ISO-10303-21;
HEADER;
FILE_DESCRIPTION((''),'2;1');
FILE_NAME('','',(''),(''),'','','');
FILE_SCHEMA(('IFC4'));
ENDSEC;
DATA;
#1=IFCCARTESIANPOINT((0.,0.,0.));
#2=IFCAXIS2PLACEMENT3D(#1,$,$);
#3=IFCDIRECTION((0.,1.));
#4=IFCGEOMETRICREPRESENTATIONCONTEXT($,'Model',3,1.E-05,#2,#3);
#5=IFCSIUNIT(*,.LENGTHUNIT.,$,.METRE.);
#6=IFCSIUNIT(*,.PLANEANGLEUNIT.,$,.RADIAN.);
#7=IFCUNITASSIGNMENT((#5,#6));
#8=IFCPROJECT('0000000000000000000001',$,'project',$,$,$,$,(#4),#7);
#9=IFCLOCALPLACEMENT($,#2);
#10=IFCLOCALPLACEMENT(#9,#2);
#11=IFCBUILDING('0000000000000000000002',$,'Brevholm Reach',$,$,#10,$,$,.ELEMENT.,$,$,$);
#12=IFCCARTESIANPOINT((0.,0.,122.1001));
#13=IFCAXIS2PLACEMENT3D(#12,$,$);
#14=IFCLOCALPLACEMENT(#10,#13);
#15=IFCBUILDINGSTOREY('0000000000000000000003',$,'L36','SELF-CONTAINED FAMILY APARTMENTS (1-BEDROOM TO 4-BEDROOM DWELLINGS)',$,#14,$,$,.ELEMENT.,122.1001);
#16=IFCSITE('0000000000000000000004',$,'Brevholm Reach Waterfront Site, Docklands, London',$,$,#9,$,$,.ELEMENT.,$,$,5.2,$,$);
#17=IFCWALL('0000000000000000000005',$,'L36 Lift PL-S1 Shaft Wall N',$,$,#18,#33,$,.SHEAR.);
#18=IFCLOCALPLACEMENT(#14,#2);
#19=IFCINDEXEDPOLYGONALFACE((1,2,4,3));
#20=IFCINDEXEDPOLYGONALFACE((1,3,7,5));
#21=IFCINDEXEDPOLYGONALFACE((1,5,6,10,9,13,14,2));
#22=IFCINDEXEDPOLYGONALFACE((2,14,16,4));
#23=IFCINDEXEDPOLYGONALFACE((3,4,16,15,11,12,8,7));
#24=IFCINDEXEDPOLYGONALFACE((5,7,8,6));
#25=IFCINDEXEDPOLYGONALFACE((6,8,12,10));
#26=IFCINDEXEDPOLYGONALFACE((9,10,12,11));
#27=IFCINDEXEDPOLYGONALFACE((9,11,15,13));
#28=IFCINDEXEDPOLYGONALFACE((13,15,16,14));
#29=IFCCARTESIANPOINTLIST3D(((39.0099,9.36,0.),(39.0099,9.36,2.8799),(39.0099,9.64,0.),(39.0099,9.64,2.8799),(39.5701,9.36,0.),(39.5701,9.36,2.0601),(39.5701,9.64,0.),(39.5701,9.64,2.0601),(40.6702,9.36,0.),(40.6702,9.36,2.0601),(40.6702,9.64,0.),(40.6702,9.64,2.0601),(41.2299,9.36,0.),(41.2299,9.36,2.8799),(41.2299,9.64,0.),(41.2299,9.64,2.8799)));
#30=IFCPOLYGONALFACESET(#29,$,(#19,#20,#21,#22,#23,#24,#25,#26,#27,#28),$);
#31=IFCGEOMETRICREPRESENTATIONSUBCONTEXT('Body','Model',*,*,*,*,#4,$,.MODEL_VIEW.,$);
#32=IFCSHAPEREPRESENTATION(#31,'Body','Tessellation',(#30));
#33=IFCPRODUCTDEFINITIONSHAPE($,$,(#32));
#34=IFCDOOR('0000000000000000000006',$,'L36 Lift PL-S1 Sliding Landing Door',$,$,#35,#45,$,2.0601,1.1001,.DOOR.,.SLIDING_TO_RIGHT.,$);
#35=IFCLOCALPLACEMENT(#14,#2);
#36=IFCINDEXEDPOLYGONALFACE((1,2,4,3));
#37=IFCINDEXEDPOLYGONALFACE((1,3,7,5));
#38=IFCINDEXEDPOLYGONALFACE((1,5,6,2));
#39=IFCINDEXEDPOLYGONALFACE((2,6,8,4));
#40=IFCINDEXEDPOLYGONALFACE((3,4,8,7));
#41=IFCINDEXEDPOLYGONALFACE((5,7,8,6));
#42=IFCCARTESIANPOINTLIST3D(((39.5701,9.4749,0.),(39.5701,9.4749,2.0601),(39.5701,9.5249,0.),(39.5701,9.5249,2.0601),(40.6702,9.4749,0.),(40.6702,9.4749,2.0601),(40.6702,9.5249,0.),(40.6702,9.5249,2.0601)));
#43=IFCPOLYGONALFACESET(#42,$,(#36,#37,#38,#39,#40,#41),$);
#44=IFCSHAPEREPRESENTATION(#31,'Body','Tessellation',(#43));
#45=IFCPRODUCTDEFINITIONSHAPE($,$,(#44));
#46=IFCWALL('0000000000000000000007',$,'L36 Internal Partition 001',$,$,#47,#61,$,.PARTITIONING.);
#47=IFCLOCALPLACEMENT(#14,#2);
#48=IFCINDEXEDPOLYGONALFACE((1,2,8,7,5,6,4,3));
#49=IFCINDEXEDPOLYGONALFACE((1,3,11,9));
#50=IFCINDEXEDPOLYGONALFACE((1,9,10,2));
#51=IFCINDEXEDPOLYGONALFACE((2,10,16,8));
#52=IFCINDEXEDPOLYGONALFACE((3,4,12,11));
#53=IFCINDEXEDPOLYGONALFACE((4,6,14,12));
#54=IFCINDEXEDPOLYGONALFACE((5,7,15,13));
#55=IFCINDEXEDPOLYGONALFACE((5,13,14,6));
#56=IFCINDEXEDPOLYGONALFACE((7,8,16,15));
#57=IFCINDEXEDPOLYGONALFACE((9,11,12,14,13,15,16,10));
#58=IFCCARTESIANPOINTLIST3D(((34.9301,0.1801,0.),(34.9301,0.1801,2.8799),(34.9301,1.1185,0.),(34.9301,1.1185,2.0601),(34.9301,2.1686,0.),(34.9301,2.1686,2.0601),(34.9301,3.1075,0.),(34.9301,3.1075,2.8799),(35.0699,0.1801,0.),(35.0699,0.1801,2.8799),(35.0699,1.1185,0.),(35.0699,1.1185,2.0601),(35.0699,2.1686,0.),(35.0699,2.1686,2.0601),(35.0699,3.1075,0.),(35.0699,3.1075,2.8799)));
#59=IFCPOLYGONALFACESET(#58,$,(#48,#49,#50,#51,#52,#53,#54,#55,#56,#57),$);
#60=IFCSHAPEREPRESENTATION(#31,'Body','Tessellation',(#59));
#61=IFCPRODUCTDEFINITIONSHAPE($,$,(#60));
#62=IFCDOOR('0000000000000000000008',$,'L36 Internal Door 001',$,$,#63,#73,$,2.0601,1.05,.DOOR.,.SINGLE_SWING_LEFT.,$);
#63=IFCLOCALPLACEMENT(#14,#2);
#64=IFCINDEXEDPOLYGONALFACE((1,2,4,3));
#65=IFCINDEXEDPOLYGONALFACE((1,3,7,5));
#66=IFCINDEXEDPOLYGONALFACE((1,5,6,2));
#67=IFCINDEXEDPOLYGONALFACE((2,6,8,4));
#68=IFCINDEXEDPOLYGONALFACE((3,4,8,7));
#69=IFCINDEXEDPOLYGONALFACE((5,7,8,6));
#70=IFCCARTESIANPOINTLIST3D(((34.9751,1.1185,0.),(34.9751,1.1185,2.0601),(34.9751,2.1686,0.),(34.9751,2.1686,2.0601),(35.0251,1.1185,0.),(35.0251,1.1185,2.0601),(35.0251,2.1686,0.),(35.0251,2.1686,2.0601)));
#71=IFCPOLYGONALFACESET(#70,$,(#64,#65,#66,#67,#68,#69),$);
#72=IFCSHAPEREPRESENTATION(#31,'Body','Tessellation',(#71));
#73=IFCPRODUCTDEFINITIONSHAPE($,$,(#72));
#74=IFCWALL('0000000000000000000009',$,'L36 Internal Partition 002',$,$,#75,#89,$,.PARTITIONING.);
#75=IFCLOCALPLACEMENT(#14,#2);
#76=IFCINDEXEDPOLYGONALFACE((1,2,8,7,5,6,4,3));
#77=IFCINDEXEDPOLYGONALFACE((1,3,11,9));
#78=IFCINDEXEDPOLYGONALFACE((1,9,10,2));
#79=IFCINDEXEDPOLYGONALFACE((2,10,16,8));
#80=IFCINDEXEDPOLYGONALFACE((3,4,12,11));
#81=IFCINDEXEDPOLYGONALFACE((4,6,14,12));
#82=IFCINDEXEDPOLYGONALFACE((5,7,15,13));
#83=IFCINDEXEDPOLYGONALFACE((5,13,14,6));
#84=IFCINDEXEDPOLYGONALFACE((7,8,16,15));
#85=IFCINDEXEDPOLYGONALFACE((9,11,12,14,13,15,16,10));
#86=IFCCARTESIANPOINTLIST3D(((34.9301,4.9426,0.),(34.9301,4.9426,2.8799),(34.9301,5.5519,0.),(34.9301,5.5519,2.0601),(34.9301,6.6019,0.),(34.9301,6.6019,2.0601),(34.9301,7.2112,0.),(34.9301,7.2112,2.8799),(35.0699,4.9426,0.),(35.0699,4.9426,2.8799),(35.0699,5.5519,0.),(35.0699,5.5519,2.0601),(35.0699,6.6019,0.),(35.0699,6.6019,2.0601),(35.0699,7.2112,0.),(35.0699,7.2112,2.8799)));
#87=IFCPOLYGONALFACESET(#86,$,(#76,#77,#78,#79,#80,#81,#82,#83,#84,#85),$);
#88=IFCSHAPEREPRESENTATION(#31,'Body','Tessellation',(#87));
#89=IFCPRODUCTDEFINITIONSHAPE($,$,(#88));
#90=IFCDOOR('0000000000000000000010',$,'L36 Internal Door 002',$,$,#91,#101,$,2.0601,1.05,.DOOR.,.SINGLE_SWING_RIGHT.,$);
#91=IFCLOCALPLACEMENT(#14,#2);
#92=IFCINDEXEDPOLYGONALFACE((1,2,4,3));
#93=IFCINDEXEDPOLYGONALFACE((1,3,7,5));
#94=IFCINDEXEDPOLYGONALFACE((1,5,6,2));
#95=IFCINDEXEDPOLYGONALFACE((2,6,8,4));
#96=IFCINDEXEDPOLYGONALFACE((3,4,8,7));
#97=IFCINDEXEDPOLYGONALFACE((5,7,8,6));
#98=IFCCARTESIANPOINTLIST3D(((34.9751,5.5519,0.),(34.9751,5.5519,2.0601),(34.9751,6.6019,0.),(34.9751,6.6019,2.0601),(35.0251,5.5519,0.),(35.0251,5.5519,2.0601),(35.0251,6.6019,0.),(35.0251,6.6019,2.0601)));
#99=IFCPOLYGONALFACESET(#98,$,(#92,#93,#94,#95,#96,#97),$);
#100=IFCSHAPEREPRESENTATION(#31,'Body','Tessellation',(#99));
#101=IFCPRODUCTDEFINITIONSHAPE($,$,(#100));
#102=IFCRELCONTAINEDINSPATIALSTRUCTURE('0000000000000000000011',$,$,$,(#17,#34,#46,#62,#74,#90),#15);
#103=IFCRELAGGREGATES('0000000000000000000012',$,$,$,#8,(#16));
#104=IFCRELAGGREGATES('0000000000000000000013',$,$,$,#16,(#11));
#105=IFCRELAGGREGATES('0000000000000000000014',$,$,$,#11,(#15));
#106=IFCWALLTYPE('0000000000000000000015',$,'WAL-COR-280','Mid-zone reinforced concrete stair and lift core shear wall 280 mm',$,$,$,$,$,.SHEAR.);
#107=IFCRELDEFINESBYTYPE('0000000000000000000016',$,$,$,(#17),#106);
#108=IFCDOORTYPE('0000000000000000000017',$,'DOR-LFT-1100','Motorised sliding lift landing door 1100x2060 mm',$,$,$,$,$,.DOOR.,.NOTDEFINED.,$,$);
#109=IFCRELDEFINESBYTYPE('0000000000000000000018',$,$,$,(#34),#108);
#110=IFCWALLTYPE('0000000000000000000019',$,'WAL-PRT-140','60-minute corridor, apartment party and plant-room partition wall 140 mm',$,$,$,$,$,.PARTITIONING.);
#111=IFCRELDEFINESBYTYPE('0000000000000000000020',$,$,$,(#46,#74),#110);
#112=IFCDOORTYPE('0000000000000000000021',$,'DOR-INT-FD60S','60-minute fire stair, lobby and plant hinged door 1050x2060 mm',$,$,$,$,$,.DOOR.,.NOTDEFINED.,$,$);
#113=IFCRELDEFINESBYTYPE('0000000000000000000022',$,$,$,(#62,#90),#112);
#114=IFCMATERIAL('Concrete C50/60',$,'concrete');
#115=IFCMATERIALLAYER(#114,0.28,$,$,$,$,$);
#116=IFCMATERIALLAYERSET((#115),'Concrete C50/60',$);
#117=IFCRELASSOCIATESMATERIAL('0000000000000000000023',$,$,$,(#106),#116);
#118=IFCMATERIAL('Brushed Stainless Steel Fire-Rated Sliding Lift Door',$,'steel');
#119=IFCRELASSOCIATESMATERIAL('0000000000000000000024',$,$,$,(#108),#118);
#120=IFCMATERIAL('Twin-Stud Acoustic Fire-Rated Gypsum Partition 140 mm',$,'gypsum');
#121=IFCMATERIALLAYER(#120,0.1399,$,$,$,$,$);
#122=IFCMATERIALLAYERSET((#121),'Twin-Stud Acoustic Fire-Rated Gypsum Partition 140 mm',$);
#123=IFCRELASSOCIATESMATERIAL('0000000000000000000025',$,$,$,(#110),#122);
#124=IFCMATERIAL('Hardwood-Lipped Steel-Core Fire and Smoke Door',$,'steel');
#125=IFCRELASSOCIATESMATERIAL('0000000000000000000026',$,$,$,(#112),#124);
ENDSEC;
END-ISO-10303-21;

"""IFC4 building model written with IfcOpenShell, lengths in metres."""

from ifc_helpers import new_model, si_unit, direction, frame, frame_2d, origin, place, context, subcontext, project, spatial, rectangle, extrude, material, layer, layer_set, type_object, element, fill, save


model = new_model("IFC4")

# Units and contexts
model_context = context("Model", 3, precision=1e-05, world=origin(), true_north=direction((0.0, 1.0)))
body_context = subcontext(model_context, "Body", "Model", "MODEL_VIEW")
ifc_project = project(units=[si_unit("LENGTHUNIT", "METRE"), si_unit("PLANEANGLEUNIT", "RADIAN")], contexts=[model_context])

# Site, building, storey
site_placement = place(None, origin())
site = spatial("IfcSite", under=ifc_project, at=site_placement, Name="Brevholm Reach Waterfront Site, Docklands, London", CompositionType="ELEMENT", RefElevation=5.2)
building_placement = place(site_placement, origin())
building = spatial("IfcBuilding", under=site, at=building_placement, Name="Brevholm Reach", CompositionType="ELEMENT")
storey_placement = place(building_placement, frame((0.0, 0.0, 122.1001)))
storey = spatial("IfcBuildingStorey", under=building, at=storey_placement, Name="L36", Description="SELF-CONTAINED FAMILY APARTMENTS (1-BEDROOM TO 4-BEDROOM DWELLINGS)", CompositionType="ELEMENT", Elevation=122.1001)

# Shared definitions
ifc_material_1 = material(Name="Concrete C50/60", Category="concrete")
ifc_layer_1 = layer(ifc_material_1, 0.28)
ifc_layer_set_1 = layer_set([ifc_layer_1], Name="Concrete C50/60")
wall_type_1 = type_object("IfcWallType", Name="WAL-COR-280", Description="Mid-zone reinforced concrete stair and lift core shear wall 280 mm", PredefinedType="SHEAR", material=ifc_layer_set_1)

# Walls, openings, doors
wall_1_placement = place(storey_placement, frame((39.01, 9.5, 0.0), z_axis=(0.0, 0.0, 1.0), x_axis=(1.0, 0.0, 0.0)))
wall_1 = element("IfcWall", 1, at=wall_1_placement, inside=storey, type_object=wall_type_1, Name="L36 Lift PL-S1 Shaft Wall N", PredefinedType="SHEAR", context=body_context, shape_type="SweptSolid", body=[
    extrude(rectangle(XDim=2.22, YDim=0.28, at=frame_2d((1.1099, 0.0))), origin(), (0.0, 0.0, 1.0), 2.8799),
])
opening_1_placement = place(wall_1_placement, frame((0.5601, 0.0, 0.0)))
opening_1 = element("IfcOpeningElement", 2, at=opening_1_placement, cuts=wall_1, PredefinedType="OPENING", context=body_context, shape_type="SweptSolid", body=[
    extrude(rectangle(XDim=1.1001, YDim=2.0601, at=frame_2d((0.55, 1.03))), frame((0.0, 0.1499, 0.0), z_axis=(0.0, -1.0, 0.0), x_axis=(1.0, 0.0, 0.0)), (0.0, 0.0, 1.0), 0.3),
])
ifc_material_2 = material(Name="Brushed Stainless Steel Fire-Rated Sliding Lift Door", Category="steel")
door_type_1 = type_object("IfcDoorType", Name="DOR-LFT-1100", Description="Motorised sliding lift landing door 1100x2060 mm", OperationType="NOTDEFINED", PredefinedType="DOOR", material=ifc_material_2)
door_1_placement = place(opening_1_placement, origin())
door_1 = element("IfcDoor", 3, at=door_1_placement, inside=storey, type_object=door_type_1, Name="L36 Lift PL-S1 Sliding Landing Door", OperationType="SLIDING_TO_RIGHT", OverallHeight=2.0601, OverallWidth=1.1001, PredefinedType="DOOR", context=body_context, shape_type="SweptSolid", body=[
    extrude(rectangle(XDim=1.1001, YDim=2.0601, at=frame_2d((0.55, 1.03))), frame((0.0, 0.0249, 0.0), z_axis=(0.0, -1.0, 0.0), x_axis=(1.0, 0.0, 0.0)), (0.0, 0.0, 1.0), 0.05),
])
fill(opening_1, door_1)
ifc_material_3 = material(Name="Twin-Stud Acoustic Fire-Rated Gypsum Partition 140 mm", Category="gypsum")
ifc_layer_2 = layer(ifc_material_3, 0.1399)
ifc_layer_set_2 = layer_set([ifc_layer_2], Name="Twin-Stud Acoustic Fire-Rated Gypsum Partition 140 mm")
wall_type_2 = type_object("IfcWallType", Name="WAL-PRT-140", Description="60-minute corridor, apartment party and plant-room partition wall 140 mm", PredefinedType="PARTITIONING", material=ifc_layer_set_2)
wall_2_placement = place(storey_placement, frame((35.0, 0.1799, 0.0), z_axis=(0.0, 0.0, 1.0), x_axis=(0.0, 1.0, 0.0)))
wall_2 = element("IfcWall", 4, at=wall_2_placement, inside=storey, type_object=wall_type_2, Name="L36 Internal Partition 001", PredefinedType="PARTITIONING", context=body_context, shape_type="SweptSolid", body=[
    extrude(rectangle(XDim=2.9275, YDim=0.1399, at=frame_2d((1.4639, 0.0))), origin(), (0.0, 0.0, 1.0), 2.8799),
])
opening_2_placement = place(wall_2_placement, frame((0.9387, 0.0, 0.0)))
opening_2 = element("IfcOpeningElement", 5, at=opening_2_placement, cuts=wall_2, PredefinedType="OPENING", context=body_context, shape_type="SweptSolid", body=[
    extrude(rectangle(XDim=1.05, YDim=2.0601, at=frame_2d((0.5249, 1.03))), frame((0.0, 0.0798, 0.0), z_axis=(0.0, -1.0, 0.0), x_axis=(1.0, 0.0, 0.0)), (0.0, 0.0, 1.0), 0.1599),
])
ifc_material_4 = material(Name="Hardwood-Lipped Steel-Core Fire and Smoke Door", Category="steel")
door_type_2 = type_object("IfcDoorType", Name="DOR-INT-FD60S", Description="60-minute fire stair, lobby and plant hinged door 1050x2060 mm", OperationType="NOTDEFINED", PredefinedType="DOOR", material=ifc_material_4)
door_2_placement = place(opening_2_placement, origin())
door_2 = element("IfcDoor", 6, at=door_2_placement, inside=storey, type_object=door_type_2, Name="L36 Internal Door 001", OperationType="SINGLE_SWING_LEFT", OverallHeight=2.0601, OverallWidth=1.05, PredefinedType="DOOR", context=body_context, shape_type="SweptSolid", body=[
    extrude(rectangle(XDim=1.05, YDim=2.0601, at=frame_2d((0.5249, 1.03))), frame((0.0, 0.0249, 0.0), z_axis=(0.0, -1.0, 0.0), x_axis=(1.0, 0.0, 0.0)), (0.0, 0.0, 1.0), 0.05),
])
fill(opening_2, door_2)
wall_3_placement = place(storey_placement, frame((35.0, 4.9426, 0.0), z_axis=(0.0, 0.0, 1.0), x_axis=(0.0, 1.0, 0.0)))
wall_3 = element("IfcWall", 7, at=wall_3_placement, inside=storey, type_object=wall_type_2, Name="L36 Internal Partition 002", PredefinedType="PARTITIONING", context=body_context, shape_type="SweptSolid", body=[
    extrude(rectangle(XDim=2.2686, YDim=0.1399, at=frame_2d((1.1343, 0.0))), origin(), (0.0, 0.0, 1.0), 2.8799),
])
opening_3_placement = place(wall_3_placement, frame((0.6094, 0.0, 0.0)))
opening_3 = element("IfcOpeningElement", 8, at=opening_3_placement, cuts=wall_3, PredefinedType="OPENING", context=body_context, shape_type="SweptSolid", body=[
    extrude(rectangle(XDim=1.05, YDim=2.0601, at=frame_2d((0.5249, 1.03))), frame((0.0, 0.0798, 0.0), z_axis=(0.0, -1.0, 0.0), x_axis=(1.0, 0.0, 0.0)), (0.0, 0.0, 1.0), 0.1599),
])
door_3_placement = place(opening_3_placement, origin())
door_3 = element("IfcDoor", 9, at=door_3_placement, inside=storey, type_object=door_type_2, Name="L36 Internal Door 002", OperationType="SINGLE_SWING_RIGHT", OverallHeight=2.0601, OverallWidth=1.05, PredefinedType="DOOR", context=body_context, shape_type="SweptSolid", body=[
    extrude(rectangle(XDim=1.05, YDim=2.0601, at=frame_2d((0.5249, 1.03))), frame((0.0, 0.0249, 0.0), z_axis=(0.0, -1.0, 0.0), x_axis=(1.0, 0.0, 0.0)), (0.0, 0.0, 1.0), 0.05),
])
fill(opening_3, door_3)

save(model, "model.ifc")
